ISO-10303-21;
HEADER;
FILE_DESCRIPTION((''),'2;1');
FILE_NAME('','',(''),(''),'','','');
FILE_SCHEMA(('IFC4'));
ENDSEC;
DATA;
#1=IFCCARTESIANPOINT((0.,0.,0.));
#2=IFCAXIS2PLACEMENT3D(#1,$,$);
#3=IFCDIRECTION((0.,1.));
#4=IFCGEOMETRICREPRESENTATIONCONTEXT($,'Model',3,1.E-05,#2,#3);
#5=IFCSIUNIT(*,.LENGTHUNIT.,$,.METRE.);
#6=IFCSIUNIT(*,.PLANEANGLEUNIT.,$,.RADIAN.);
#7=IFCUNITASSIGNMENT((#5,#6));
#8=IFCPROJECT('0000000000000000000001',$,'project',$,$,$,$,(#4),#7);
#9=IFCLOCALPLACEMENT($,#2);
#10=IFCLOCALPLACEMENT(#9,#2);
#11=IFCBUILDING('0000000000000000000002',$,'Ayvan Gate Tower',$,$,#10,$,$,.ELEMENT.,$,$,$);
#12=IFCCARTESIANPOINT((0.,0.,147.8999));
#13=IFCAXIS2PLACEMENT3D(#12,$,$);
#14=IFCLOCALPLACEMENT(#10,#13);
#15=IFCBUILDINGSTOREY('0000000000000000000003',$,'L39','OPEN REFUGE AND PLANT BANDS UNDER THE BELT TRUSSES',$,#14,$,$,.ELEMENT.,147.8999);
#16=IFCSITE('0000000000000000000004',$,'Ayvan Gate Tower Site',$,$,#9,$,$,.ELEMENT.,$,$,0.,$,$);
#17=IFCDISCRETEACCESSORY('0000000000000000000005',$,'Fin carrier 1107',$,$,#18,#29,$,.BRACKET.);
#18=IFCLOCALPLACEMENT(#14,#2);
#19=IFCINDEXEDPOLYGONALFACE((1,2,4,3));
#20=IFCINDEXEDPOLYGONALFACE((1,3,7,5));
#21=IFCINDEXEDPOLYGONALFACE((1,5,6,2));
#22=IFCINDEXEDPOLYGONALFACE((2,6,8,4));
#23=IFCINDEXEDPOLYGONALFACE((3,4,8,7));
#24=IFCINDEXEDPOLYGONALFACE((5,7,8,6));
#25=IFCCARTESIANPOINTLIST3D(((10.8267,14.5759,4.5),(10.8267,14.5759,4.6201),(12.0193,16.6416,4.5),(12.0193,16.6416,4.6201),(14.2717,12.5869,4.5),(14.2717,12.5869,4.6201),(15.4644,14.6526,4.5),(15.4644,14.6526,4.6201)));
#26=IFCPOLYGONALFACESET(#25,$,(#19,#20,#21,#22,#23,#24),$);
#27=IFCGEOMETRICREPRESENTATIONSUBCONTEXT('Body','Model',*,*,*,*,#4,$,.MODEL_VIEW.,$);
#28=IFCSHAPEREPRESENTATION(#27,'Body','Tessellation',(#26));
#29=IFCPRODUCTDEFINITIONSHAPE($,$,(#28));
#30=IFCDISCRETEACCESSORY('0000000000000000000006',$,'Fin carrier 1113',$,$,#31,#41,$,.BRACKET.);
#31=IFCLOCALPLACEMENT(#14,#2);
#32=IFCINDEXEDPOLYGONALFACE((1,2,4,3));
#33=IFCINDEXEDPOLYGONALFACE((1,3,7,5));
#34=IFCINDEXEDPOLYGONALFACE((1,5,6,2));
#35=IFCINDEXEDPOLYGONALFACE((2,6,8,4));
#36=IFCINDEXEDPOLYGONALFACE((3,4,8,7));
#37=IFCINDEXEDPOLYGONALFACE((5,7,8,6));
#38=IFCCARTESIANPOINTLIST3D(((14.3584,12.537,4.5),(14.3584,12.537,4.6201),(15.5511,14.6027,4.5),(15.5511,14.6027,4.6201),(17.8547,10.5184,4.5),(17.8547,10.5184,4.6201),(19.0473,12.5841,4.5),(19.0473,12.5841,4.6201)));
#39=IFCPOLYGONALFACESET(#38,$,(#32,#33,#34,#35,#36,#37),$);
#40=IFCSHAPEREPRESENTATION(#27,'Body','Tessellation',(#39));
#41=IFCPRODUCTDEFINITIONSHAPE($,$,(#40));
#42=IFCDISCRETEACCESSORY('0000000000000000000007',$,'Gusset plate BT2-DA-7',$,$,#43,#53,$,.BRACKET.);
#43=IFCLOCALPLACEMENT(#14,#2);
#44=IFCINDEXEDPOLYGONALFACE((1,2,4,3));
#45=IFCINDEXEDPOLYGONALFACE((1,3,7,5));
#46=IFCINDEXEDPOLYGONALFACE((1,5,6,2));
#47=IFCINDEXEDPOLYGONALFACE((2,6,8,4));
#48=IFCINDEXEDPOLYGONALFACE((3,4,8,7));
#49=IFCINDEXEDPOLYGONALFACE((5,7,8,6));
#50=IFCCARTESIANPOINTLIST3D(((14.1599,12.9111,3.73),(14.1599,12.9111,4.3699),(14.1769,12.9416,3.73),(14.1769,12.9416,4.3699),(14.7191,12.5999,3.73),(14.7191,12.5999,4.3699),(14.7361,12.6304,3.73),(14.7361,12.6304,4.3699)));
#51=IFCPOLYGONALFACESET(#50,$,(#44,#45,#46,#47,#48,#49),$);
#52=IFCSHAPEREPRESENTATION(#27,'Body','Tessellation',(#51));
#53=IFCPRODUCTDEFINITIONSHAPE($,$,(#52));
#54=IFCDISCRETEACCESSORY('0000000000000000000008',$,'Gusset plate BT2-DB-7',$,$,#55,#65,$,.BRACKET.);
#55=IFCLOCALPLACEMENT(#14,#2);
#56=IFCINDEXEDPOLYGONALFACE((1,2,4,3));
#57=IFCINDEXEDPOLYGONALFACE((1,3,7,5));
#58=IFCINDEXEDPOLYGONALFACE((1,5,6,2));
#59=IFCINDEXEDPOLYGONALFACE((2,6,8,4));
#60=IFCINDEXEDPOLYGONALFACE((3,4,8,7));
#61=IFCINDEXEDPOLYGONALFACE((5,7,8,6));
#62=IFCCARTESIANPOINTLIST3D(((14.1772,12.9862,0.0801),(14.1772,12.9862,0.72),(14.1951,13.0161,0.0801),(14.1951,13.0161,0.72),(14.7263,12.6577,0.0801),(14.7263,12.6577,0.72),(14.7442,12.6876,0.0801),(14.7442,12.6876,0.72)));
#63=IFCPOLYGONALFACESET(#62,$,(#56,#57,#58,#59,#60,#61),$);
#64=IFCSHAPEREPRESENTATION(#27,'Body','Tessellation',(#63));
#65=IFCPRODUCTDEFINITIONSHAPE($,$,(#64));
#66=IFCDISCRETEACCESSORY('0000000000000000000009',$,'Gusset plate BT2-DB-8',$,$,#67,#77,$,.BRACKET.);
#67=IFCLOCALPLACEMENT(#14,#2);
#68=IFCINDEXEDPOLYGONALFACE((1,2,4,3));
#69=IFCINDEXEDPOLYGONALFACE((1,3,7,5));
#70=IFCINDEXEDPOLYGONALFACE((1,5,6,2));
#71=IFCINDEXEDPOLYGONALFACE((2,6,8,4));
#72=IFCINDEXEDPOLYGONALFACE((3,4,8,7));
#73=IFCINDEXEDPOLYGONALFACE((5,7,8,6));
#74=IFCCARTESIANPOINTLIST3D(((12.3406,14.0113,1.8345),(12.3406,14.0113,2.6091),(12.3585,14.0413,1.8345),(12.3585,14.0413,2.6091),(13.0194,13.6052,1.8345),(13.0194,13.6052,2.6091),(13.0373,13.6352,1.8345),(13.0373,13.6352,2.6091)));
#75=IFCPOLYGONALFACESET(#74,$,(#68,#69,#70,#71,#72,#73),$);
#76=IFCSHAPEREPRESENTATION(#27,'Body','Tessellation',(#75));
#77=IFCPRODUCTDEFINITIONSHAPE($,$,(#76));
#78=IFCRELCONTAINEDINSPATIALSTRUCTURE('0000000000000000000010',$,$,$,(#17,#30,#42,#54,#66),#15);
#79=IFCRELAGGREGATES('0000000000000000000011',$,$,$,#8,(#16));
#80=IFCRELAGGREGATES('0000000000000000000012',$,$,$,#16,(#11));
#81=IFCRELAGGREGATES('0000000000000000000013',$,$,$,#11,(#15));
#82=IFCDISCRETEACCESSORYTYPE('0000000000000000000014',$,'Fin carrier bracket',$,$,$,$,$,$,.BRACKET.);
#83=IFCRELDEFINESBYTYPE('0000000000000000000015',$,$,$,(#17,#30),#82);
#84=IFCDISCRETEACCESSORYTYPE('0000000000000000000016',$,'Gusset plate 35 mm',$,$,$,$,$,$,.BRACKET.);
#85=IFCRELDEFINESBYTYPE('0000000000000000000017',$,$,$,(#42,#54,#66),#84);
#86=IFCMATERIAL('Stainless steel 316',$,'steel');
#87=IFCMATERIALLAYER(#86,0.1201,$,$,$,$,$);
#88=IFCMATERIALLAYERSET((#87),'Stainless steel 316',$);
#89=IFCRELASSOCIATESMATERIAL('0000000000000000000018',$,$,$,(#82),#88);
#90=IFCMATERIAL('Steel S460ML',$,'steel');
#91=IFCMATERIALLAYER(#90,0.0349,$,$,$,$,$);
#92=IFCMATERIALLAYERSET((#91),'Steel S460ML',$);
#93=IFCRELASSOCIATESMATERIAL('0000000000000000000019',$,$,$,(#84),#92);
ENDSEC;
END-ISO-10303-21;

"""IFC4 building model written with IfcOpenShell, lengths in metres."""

from ifc_helpers import new_model, si_unit, direction, frame, origin, origin_2d, place, context, subcontext, project, spatial, rectangle, extrude, material, layer, layer_set, type_object, element, save


model = new_model("IFC4")

# Units and contexts
model_context = context("Model", 3, precision=1e-05, world=origin(), true_north=direction((0.0, 1.0)))
body_context = subcontext(model_context, "Body", "Model", "MODEL_VIEW")
ifc_project = project(units=[si_unit("LENGTHUNIT", "METRE"), si_unit("PLANEANGLEUNIT", "RADIAN")], contexts=[model_context])

# Site, building, storey
site_placement = place(None, origin())
site = spatial("IfcSite", under=ifc_project, at=site_placement, Name="Ayvan Gate Tower Site", CompositionType="ELEMENT", RefElevation=0.0)
building_placement = place(site_placement, origin())
building = spatial("IfcBuilding", under=site, at=building_placement, Name="Ayvan Gate Tower", CompositionType="ELEMENT")
storey_placement = place(building_placement, frame((0.0, 0.0, 147.8999)))
storey = spatial("IfcBuildingStorey", under=building, at=storey_placement, Name="L39", Description="OPEN REFUGE AND PLANT BANDS UNDER THE BELT TRUSSES", CompositionType="ELEMENT", Elevation=147.8999)

# Shared definitions
ifc_material_1 = material(Name="Steel S460ML", Category="steel")

# Discrete accessories
ifc_material_2 = material(Name="Stainless steel 316", Category="steel")
ifc_layer_1 = layer(ifc_material_2, 0.1201)
ifc_layer_set_1 = layer_set([ifc_layer_1], Name="Stainless steel 316")
discrete_accessory_type_1 = type_object("IfcDiscreteAccessoryType", Name="Fin carrier bracket", PredefinedType="BRACKET", material=ifc_layer_set_1)
discrete_accessory_1_placement = place(storey_placement, frame((13.1455, 14.6143, 4.5), z_axis=(0.0, 0.0, 1.0), x_axis=(-0.866025, 0.5, 0.0)))
element("IfcDiscreteAccessory", 1, at=discrete_accessory_1_placement, inside=storey, type_object=discrete_accessory_type_1, Name="Fin carrier 1107", PredefinedType="BRACKET", context=body_context, shape_type="SweptSolid", body=[
    extrude(rectangle(XDim=3.978, YDim=2.3853, at=origin_2d()), origin(), (0.0, 0.0, 1.0), 0.1201),
])
discrete_accessory_2_placement = place(storey_placement, frame((16.7029, 12.5605, 4.5), z_axis=(0.0, 0.0, 1.0), x_axis=(-0.866025, 0.5, 0.0)))
element("IfcDiscreteAccessory", 2, at=discrete_accessory_2_placement, inside=storey, type_object=discrete_accessory_type_1, Name="Fin carrier 1113", PredefinedType="BRACKET", context=body_context, shape_type="SweptSolid", body=[
    extrude(rectangle(XDim=4.0371, YDim=2.3853, at=origin_2d()), origin(), (0.0, 0.0, 1.0), 0.1201),
])
ifc_layer_2 = layer(ifc_material_1, 0.0349)
ifc_layer_set_2 = layer_set([ifc_layer_2], Name="Steel S460ML")
discrete_accessory_type_2 = type_object("IfcDiscreteAccessoryType", Name="Gusset plate 35 mm", PredefinedType="BRACKET", material=ifc_layer_set_2)
for number, where, z_axis, x_axis, name in (
    (3, (14.448, 12.7708, 3.73), (0.0, 0.0, 1.0), (-0.873787, 0.486309, 0.0), "Gusset plate BT2-DA-7"),
    (4, (14.4607, 12.8369, 0.0801), (0.0, 0.0, 1.0), (-0.858165, 0.513374, 0.0), "Gusset plate BT2-DB-7"),
):
    element("IfcDiscreteAccessory", number, at=place(storey_placement, frame(where, z_axis=z_axis, x_axis=x_axis)), inside=storey, type_object=discrete_accessory_type_2, Name=name, PredefinedType="BRACKET", context=body_context, shape_type="SweptSolid", body=[
        extrude(rectangle(XDim=0.6399, YDim=0.0349, at=origin_2d()), origin(), (0.0, 0.0, 1.0), 0.6399),
    ])
discrete_accessory_3_placement = place(storey_placement, frame((12.689, 13.8232, 1.8345), z_axis=(0.0, 0.0, 1.0), x_axis=(-0.858137, 0.513421, 0.0)))
element("IfcDiscreteAccessory", 5, at=discrete_accessory_3_placement, inside=storey, type_object=discrete_accessory_type_2, Name="Gusset plate BT2-DB-8", PredefinedType="BRACKET", context=body_context, shape_type="SweptSolid", body=[
    extrude(rectangle(XDim=0.791, YDim=0.0349, at=origin_2d()), origin(), (0.0, 0.0, 1.0), 0.7747),
])

save(model, "model.ifc")
